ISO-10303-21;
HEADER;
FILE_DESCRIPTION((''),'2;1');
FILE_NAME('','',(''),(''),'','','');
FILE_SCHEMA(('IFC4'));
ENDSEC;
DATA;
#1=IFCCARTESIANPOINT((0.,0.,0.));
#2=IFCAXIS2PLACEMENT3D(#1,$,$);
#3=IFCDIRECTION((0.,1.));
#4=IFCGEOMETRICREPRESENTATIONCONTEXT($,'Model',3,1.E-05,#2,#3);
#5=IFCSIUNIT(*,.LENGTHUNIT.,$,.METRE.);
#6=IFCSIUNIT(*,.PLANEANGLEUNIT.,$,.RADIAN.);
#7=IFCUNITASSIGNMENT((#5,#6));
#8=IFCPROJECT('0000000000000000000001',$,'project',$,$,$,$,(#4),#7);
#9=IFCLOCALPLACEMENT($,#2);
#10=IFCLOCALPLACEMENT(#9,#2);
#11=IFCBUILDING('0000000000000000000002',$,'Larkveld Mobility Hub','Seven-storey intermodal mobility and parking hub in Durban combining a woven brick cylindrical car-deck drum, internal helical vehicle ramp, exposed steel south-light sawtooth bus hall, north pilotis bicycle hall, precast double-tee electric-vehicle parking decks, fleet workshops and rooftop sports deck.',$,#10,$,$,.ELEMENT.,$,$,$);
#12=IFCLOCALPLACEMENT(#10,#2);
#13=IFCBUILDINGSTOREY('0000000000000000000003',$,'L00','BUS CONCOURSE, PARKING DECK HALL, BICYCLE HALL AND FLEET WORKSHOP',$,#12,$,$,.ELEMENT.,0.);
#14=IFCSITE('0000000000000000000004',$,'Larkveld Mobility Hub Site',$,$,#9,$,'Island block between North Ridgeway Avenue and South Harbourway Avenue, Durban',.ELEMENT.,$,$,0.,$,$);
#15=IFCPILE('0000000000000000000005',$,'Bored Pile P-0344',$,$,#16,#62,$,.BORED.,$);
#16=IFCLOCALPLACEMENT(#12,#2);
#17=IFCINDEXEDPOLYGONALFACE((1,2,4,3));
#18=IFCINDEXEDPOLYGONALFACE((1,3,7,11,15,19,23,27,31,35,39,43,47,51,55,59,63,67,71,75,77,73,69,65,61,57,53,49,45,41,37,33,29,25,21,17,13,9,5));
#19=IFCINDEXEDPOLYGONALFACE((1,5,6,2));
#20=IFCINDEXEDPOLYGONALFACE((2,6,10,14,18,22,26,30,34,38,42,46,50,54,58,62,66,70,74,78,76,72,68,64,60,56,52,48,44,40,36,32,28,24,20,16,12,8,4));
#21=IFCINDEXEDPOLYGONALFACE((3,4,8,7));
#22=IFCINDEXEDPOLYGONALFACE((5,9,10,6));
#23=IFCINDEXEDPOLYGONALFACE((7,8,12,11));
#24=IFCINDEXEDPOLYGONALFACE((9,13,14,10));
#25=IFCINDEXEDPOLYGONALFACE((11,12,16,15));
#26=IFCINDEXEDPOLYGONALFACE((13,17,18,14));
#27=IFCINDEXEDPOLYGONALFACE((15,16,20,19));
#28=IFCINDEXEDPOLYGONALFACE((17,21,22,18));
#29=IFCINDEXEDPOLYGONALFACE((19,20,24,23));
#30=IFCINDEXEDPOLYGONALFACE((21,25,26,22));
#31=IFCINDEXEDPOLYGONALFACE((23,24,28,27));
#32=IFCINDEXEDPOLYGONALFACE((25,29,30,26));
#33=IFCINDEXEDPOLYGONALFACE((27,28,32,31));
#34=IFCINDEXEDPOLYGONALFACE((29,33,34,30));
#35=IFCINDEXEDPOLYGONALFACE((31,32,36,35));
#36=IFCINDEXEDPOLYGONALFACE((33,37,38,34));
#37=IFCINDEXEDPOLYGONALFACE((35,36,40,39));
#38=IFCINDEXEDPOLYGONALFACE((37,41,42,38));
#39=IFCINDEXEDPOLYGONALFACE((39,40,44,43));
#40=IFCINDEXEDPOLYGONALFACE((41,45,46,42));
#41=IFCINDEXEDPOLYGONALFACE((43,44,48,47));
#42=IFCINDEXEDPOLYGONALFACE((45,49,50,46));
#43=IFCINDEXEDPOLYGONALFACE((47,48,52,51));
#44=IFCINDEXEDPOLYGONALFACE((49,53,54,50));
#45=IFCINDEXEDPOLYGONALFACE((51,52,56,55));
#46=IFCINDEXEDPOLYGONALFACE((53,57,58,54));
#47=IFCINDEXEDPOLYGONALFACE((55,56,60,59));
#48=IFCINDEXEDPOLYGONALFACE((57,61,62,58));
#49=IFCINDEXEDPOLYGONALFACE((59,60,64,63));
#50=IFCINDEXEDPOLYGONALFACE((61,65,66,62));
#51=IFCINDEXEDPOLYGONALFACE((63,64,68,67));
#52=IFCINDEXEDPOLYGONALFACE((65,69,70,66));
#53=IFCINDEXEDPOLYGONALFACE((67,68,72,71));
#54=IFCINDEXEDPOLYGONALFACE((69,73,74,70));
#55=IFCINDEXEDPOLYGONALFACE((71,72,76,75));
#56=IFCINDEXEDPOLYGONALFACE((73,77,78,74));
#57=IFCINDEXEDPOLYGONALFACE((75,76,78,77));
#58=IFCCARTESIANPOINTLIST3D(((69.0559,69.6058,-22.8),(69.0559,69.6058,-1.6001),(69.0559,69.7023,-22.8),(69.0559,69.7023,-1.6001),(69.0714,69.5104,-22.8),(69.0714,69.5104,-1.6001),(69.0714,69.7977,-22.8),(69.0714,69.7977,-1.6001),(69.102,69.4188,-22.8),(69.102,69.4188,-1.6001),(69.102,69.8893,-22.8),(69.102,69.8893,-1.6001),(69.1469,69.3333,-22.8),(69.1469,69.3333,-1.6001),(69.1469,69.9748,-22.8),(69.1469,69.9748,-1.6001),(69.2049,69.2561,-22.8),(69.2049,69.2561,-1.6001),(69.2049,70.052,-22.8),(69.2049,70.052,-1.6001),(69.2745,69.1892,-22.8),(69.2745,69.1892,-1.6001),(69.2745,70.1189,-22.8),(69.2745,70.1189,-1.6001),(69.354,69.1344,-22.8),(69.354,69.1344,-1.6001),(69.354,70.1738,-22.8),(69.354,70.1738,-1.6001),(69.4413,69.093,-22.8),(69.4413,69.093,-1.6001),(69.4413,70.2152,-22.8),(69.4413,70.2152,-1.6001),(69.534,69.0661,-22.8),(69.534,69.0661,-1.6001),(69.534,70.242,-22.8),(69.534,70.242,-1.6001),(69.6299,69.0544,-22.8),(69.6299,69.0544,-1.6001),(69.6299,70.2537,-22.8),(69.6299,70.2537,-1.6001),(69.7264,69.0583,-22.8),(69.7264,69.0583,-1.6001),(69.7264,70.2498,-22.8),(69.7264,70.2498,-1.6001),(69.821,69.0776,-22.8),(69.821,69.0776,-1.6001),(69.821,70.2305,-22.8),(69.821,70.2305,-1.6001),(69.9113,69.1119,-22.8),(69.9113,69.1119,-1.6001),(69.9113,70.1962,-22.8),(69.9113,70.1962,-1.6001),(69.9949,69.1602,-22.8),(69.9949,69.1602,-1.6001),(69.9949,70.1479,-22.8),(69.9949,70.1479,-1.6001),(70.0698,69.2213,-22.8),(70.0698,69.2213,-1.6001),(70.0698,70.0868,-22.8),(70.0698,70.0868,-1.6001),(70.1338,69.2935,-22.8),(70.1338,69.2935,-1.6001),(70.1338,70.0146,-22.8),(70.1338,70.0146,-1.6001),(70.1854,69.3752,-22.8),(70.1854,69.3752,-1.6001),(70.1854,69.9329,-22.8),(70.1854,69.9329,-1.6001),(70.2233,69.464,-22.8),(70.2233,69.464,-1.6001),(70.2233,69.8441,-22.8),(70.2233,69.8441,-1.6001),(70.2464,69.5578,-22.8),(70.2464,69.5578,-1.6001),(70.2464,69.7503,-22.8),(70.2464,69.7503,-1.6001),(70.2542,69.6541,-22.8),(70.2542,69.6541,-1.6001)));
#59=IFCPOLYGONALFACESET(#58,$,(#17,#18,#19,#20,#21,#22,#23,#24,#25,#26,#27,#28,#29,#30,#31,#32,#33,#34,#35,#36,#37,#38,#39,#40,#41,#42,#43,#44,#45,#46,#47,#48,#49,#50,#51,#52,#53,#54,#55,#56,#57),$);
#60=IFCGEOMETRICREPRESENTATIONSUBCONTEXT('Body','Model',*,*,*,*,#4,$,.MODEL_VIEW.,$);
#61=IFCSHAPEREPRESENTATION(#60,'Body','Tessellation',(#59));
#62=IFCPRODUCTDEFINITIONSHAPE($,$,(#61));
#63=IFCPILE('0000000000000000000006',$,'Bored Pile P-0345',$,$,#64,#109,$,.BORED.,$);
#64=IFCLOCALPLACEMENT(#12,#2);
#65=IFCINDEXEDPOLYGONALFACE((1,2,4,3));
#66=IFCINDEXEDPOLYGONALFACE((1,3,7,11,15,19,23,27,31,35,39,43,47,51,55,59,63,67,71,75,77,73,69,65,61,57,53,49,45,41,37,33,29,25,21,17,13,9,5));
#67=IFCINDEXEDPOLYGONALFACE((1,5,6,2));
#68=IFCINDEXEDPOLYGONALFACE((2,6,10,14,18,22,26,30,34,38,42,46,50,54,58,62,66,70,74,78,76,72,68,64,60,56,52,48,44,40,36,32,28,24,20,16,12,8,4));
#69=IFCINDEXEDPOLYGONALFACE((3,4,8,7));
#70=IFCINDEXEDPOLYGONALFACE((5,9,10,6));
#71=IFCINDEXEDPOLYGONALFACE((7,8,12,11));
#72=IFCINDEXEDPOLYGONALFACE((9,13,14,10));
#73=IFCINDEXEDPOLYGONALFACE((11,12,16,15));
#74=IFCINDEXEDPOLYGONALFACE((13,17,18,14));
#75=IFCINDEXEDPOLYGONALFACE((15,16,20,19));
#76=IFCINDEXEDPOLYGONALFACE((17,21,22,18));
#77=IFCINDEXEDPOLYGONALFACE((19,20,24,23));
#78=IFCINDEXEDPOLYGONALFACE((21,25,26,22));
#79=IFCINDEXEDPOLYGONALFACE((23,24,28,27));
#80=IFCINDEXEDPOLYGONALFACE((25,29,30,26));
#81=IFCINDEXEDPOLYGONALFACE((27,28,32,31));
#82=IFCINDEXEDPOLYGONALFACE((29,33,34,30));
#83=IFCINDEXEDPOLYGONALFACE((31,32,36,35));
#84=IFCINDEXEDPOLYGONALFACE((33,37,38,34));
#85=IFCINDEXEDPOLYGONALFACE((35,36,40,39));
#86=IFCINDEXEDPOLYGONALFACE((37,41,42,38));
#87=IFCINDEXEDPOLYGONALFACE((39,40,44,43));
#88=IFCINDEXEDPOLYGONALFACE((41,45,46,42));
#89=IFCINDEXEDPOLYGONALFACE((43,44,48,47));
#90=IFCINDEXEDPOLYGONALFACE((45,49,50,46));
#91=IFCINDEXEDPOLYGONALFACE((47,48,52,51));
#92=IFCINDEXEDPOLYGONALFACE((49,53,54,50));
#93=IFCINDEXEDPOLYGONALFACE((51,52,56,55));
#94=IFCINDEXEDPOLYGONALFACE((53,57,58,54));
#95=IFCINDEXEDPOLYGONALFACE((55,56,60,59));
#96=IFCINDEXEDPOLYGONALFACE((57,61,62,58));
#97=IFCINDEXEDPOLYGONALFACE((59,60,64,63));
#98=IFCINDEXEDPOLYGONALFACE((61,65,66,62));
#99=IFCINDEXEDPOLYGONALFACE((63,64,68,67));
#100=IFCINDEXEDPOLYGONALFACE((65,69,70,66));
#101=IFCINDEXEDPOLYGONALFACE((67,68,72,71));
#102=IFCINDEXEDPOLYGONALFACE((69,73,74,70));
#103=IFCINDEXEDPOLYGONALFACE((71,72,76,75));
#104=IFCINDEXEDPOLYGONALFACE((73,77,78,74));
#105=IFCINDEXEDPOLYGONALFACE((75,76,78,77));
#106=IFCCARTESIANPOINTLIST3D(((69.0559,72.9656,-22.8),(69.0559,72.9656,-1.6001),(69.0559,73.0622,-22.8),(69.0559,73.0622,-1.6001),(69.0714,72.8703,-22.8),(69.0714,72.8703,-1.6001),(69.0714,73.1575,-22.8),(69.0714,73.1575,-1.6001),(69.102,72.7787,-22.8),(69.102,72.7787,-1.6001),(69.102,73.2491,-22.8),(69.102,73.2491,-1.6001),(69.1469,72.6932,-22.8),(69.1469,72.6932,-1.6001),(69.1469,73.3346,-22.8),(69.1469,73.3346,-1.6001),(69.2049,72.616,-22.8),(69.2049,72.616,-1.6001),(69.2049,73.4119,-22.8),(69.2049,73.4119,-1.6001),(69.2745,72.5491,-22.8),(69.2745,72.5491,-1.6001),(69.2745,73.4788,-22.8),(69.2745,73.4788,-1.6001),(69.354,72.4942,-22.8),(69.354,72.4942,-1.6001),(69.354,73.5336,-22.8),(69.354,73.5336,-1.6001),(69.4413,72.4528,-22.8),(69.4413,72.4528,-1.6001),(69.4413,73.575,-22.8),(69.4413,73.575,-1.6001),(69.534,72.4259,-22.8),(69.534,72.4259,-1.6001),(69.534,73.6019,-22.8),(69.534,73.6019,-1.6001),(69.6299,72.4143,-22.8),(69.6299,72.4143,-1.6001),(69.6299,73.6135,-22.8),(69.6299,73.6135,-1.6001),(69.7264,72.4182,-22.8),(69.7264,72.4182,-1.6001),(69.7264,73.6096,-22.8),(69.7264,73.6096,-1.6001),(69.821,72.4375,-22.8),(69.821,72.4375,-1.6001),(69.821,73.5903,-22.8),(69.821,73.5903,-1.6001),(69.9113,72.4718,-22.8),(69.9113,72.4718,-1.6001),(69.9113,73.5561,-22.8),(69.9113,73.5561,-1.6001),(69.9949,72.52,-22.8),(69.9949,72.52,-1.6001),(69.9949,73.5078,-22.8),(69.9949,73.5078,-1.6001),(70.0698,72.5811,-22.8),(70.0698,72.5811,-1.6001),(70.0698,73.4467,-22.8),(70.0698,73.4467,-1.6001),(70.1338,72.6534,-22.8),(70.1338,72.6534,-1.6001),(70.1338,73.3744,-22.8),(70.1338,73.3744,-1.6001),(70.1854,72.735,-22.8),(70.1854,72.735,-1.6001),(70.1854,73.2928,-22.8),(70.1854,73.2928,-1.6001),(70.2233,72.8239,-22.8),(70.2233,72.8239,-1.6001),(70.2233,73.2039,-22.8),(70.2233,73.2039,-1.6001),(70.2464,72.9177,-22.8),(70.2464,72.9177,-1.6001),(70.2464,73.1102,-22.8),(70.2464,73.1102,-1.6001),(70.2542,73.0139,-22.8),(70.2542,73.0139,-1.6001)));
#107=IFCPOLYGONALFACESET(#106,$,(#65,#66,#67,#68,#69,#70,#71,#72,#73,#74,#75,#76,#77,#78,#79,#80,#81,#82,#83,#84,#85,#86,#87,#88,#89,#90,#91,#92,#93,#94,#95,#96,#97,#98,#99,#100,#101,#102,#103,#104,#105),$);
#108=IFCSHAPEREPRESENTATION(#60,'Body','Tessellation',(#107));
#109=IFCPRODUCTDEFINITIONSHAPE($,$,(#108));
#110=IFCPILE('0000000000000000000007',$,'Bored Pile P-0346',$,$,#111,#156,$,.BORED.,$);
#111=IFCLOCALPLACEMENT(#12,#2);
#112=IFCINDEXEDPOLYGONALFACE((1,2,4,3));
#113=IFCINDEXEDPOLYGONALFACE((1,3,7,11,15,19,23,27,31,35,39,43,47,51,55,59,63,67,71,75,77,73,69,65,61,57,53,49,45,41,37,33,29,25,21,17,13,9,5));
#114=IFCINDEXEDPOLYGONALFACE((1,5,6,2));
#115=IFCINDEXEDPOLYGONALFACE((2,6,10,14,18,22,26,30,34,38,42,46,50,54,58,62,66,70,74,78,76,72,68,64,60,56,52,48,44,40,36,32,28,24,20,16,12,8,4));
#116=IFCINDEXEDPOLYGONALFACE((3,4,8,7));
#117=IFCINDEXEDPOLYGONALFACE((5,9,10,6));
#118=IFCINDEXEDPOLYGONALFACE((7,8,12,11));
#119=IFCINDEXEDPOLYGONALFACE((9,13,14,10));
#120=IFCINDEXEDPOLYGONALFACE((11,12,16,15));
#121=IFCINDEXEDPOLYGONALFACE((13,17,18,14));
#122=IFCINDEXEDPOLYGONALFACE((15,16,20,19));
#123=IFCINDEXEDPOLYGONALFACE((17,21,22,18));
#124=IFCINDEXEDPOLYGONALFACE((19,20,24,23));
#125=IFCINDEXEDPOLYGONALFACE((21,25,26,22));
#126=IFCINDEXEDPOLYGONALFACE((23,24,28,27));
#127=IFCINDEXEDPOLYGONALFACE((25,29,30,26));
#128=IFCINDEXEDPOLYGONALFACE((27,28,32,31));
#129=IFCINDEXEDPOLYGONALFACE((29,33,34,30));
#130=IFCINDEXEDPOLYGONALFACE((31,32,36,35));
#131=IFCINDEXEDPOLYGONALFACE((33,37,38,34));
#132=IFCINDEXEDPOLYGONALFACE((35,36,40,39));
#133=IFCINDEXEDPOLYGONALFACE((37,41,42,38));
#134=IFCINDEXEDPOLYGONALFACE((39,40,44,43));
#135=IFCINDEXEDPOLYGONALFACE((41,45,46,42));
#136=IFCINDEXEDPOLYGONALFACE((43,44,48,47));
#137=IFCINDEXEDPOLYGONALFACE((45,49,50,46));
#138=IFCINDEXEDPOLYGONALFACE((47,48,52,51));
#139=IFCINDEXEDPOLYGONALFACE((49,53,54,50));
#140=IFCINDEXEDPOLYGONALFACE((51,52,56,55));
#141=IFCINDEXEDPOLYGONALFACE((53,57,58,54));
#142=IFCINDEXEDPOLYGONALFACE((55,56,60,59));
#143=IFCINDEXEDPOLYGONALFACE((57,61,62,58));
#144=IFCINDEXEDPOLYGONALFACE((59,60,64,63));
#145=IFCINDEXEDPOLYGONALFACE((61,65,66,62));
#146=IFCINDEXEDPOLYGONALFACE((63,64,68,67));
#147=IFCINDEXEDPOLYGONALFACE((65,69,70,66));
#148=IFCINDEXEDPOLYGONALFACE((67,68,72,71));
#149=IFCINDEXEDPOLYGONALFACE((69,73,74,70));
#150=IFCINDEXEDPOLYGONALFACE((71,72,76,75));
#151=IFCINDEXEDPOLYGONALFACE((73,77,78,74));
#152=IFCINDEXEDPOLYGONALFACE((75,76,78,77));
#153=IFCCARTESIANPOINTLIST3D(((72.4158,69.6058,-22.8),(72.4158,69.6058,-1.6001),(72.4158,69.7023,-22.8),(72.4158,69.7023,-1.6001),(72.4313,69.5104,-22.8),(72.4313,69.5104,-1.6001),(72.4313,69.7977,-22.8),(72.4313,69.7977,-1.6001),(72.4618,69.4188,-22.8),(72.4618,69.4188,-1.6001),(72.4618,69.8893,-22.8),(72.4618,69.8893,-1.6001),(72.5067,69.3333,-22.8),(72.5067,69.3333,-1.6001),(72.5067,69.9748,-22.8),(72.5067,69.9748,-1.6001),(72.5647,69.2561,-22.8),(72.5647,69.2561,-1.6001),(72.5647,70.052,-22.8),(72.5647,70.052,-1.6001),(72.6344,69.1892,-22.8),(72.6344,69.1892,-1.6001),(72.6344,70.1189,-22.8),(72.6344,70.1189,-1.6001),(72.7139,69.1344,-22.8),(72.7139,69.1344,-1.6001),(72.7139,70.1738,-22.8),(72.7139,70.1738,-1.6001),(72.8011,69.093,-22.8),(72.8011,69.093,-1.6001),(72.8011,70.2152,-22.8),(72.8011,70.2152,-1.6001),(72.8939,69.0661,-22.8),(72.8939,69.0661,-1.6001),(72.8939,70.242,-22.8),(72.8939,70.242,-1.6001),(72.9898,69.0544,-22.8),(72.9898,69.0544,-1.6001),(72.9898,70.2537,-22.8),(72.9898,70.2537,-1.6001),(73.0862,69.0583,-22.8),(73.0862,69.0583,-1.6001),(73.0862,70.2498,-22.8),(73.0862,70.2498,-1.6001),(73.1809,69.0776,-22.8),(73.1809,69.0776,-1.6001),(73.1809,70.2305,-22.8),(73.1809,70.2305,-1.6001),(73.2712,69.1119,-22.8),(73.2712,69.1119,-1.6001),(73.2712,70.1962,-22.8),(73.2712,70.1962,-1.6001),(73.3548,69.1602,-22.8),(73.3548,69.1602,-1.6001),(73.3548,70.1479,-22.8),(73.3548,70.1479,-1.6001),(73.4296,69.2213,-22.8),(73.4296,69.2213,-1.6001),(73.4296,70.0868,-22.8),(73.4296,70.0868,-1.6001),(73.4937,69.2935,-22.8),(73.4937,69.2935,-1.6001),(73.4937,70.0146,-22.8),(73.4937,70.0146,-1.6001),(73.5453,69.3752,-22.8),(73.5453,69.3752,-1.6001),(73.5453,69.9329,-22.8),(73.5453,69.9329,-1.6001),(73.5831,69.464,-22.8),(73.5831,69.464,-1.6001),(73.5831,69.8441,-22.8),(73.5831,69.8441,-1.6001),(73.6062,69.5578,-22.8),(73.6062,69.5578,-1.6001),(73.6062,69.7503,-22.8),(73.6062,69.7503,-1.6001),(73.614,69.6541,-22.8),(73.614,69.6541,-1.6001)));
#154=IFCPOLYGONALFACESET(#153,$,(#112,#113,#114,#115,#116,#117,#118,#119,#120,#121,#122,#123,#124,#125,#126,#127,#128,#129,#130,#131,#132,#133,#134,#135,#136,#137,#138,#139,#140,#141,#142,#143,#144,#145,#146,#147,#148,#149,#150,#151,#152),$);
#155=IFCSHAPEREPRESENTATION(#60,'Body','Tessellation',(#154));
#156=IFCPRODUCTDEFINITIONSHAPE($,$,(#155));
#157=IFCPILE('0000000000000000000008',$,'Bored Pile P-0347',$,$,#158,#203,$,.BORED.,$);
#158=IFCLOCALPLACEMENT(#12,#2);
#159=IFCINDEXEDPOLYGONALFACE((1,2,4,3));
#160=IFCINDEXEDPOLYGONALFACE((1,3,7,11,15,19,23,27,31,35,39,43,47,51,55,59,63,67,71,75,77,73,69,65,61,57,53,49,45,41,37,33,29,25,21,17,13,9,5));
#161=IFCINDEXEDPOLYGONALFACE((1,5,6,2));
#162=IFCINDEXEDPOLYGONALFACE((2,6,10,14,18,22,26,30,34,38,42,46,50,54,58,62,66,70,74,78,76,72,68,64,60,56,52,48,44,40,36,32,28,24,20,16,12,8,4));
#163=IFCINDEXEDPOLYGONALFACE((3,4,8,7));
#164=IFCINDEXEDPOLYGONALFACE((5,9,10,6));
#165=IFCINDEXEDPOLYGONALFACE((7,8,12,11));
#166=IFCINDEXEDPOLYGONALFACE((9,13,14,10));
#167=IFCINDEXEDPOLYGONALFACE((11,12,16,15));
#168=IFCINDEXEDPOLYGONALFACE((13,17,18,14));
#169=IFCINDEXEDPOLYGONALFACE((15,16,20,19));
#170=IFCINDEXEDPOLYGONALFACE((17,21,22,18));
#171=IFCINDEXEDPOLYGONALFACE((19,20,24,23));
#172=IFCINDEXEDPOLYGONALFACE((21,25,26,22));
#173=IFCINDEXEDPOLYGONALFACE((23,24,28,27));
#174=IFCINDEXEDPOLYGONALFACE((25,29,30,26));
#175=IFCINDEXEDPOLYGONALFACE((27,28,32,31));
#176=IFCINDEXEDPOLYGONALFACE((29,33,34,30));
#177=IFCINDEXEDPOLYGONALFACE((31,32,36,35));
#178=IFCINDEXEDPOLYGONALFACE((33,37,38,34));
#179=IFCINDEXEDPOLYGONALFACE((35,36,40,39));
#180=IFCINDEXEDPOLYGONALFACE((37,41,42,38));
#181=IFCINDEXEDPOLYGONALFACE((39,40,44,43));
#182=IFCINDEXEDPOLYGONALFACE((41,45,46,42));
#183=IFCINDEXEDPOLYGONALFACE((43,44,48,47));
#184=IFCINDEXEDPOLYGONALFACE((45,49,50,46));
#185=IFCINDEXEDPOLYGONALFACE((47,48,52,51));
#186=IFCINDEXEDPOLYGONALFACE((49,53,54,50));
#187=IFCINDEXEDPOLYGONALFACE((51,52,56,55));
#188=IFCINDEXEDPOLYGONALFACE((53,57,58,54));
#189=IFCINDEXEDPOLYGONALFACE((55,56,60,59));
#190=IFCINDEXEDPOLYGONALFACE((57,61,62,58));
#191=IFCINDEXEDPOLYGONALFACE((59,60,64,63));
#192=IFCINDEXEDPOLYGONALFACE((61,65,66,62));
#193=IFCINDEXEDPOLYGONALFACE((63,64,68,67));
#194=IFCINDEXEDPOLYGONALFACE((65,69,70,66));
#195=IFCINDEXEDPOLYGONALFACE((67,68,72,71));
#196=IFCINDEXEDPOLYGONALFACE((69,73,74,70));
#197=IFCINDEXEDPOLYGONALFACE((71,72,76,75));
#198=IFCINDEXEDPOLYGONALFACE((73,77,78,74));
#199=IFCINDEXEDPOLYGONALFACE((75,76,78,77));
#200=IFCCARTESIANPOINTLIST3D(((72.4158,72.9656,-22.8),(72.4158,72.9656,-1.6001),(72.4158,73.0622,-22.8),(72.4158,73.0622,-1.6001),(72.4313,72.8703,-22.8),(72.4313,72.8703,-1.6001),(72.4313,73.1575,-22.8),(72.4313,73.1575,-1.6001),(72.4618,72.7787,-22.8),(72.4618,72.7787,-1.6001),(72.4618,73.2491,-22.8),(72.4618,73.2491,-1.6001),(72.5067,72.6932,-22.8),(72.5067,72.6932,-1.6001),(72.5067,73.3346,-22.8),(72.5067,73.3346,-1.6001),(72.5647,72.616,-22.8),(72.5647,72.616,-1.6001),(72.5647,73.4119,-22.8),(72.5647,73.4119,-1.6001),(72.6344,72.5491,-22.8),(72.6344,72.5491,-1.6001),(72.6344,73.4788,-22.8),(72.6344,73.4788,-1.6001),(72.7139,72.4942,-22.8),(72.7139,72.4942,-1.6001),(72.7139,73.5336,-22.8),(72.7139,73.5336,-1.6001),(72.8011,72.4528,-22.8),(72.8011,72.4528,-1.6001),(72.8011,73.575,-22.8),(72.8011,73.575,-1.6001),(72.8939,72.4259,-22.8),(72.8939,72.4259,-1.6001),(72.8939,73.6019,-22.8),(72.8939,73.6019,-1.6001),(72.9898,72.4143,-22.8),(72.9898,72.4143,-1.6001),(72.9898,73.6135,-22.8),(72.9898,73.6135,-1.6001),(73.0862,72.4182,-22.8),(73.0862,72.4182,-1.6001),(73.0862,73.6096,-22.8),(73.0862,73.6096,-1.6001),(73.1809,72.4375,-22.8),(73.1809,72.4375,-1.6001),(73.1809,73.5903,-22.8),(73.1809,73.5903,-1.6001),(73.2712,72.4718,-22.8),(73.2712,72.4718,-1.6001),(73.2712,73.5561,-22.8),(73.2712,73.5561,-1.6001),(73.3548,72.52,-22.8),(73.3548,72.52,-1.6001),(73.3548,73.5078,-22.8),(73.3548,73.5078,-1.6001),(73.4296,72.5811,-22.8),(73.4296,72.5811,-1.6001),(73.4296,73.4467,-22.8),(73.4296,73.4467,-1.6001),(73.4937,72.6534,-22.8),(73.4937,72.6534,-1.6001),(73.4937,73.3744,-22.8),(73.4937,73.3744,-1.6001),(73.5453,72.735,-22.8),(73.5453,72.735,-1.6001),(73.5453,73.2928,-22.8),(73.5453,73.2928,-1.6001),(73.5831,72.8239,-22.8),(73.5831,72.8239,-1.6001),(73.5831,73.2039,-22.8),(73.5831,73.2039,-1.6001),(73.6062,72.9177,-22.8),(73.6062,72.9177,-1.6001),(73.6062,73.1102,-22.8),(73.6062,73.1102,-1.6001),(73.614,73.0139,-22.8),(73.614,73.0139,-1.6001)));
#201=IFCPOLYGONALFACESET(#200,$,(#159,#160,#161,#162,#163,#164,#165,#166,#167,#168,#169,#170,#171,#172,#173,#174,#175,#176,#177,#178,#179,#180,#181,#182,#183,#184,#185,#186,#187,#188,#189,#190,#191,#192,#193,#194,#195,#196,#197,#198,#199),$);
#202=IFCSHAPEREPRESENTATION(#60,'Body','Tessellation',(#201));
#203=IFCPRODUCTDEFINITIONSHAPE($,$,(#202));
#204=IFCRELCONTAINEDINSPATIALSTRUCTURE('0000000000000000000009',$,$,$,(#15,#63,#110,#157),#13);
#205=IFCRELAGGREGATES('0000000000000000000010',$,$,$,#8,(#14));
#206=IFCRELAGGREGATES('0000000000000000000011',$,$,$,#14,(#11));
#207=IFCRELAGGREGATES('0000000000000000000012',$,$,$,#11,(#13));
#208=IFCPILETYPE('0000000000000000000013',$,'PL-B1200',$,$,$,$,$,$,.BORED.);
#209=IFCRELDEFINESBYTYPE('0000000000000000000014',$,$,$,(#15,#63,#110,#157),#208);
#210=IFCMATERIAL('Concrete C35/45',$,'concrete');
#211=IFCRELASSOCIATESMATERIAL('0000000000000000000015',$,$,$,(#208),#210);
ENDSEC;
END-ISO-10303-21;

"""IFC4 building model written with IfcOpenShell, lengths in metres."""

from ifc_helpers import new_model, si_unit, direction, frame, origin, origin_2d, place, context, subcontext, project, spatial, circle, extrude, material, material_profile, profile_set, type_object, element, save


model = new_model("IFC4")

# Units and contexts
model_context = context("Model", 3, precision=1e-05, world=origin(), true_north=direction((0.0, 1.0)))
body_context = subcontext(model_context, "Body", "Model", "MODEL_VIEW")
ifc_project = project(units=[si_unit("LENGTHUNIT", "METRE"), si_unit("PLANEANGLEUNIT", "RADIAN")], contexts=[model_context])

# Site, building, storey
site_placement = place(None, origin())
site = spatial("IfcSite", under=ifc_project, at=site_placement, Name="Larkveld Mobility Hub Site", LongName="Island block between North Ridgeway Avenue and South Harbourway Avenue, Durban", CompositionType="ELEMENT", RefElevation=0.0)
building_placement = place(site_placement, origin())
building = spatial("IfcBuilding", under=site, at=building_placement, Name="Larkveld Mobility Hub", Description="Seven-storey intermodal mobility and parking hub in Durban combining a woven brick cylindrical car-deck drum, internal helical vehicle ramp, exposed steel south-light sawtooth bus hall, north pilotis bicycle hall, precast double-tee electric-vehicle parking decks, fleet workshops and rooftop sports deck.", CompositionType="ELEMENT")
storey_placement = place(building_placement, origin())
storey = spatial("IfcBuildingStorey", under=building, at=storey_placement, Name="L00", Description="BUS CONCOURSE, PARKING DECK HALL, BICYCLE HALL AND FLEET WORKSHOP", CompositionType="ELEMENT", Elevation=0.0)

# Shared definitions
ifc_material_1 = material(Name="Concrete C35/45", Category="concrete")

# Piles
ifc_material_profile_1 = material_profile(ifc_material_1, circle(Radius=0.6001, at=origin_2d()), Name="PILE D1200")
ifc_profile_set_1 = profile_set([ifc_material_profile_1], Name="Concrete C35/45")
pile_type_1 = type_object("IfcPileType", Name="PL-B1200", PredefinedType="BORED", material=ifc_profile_set_1)
for number, where, z_axis, x_axis, name in (
    (1, (69.6541, 69.6541, -1.6001), (0.0, 0.0, -1.0), (1.0, 0.0, 0.0), "Bored Pile P-0344"),
    (2, (69.6541, 73.0139, -1.6001), (0.0, 0.0, -1.0), (1.0, 0.0, 0.0), "Bored Pile P-0345"),
    (3, (73.0139, 69.6541, -1.6001), (0.0, 0.0, -1.0), (1.0, 0.0, 0.0), "Bored Pile P-0346"),
    (4, (73.0139, 73.0139, -1.6001), (0.0, 0.0, -1.0), (1.0, 0.0, 0.0), "Bored Pile P-0347"),
):
    element("IfcPile", number, at=place(storey_placement, frame(where, z_axis=z_axis, x_axis=x_axis)), inside=storey, type_object=pile_type_1, Name=name, PredefinedType="BORED", context=body_context, shape_type="SweptSolid", body=[
        extrude(circle(Radius=0.6001, at=origin_2d()), origin(), (0.0, 0.0, 1.0), 21.2),
    ])

save(model, "model.ifc")
